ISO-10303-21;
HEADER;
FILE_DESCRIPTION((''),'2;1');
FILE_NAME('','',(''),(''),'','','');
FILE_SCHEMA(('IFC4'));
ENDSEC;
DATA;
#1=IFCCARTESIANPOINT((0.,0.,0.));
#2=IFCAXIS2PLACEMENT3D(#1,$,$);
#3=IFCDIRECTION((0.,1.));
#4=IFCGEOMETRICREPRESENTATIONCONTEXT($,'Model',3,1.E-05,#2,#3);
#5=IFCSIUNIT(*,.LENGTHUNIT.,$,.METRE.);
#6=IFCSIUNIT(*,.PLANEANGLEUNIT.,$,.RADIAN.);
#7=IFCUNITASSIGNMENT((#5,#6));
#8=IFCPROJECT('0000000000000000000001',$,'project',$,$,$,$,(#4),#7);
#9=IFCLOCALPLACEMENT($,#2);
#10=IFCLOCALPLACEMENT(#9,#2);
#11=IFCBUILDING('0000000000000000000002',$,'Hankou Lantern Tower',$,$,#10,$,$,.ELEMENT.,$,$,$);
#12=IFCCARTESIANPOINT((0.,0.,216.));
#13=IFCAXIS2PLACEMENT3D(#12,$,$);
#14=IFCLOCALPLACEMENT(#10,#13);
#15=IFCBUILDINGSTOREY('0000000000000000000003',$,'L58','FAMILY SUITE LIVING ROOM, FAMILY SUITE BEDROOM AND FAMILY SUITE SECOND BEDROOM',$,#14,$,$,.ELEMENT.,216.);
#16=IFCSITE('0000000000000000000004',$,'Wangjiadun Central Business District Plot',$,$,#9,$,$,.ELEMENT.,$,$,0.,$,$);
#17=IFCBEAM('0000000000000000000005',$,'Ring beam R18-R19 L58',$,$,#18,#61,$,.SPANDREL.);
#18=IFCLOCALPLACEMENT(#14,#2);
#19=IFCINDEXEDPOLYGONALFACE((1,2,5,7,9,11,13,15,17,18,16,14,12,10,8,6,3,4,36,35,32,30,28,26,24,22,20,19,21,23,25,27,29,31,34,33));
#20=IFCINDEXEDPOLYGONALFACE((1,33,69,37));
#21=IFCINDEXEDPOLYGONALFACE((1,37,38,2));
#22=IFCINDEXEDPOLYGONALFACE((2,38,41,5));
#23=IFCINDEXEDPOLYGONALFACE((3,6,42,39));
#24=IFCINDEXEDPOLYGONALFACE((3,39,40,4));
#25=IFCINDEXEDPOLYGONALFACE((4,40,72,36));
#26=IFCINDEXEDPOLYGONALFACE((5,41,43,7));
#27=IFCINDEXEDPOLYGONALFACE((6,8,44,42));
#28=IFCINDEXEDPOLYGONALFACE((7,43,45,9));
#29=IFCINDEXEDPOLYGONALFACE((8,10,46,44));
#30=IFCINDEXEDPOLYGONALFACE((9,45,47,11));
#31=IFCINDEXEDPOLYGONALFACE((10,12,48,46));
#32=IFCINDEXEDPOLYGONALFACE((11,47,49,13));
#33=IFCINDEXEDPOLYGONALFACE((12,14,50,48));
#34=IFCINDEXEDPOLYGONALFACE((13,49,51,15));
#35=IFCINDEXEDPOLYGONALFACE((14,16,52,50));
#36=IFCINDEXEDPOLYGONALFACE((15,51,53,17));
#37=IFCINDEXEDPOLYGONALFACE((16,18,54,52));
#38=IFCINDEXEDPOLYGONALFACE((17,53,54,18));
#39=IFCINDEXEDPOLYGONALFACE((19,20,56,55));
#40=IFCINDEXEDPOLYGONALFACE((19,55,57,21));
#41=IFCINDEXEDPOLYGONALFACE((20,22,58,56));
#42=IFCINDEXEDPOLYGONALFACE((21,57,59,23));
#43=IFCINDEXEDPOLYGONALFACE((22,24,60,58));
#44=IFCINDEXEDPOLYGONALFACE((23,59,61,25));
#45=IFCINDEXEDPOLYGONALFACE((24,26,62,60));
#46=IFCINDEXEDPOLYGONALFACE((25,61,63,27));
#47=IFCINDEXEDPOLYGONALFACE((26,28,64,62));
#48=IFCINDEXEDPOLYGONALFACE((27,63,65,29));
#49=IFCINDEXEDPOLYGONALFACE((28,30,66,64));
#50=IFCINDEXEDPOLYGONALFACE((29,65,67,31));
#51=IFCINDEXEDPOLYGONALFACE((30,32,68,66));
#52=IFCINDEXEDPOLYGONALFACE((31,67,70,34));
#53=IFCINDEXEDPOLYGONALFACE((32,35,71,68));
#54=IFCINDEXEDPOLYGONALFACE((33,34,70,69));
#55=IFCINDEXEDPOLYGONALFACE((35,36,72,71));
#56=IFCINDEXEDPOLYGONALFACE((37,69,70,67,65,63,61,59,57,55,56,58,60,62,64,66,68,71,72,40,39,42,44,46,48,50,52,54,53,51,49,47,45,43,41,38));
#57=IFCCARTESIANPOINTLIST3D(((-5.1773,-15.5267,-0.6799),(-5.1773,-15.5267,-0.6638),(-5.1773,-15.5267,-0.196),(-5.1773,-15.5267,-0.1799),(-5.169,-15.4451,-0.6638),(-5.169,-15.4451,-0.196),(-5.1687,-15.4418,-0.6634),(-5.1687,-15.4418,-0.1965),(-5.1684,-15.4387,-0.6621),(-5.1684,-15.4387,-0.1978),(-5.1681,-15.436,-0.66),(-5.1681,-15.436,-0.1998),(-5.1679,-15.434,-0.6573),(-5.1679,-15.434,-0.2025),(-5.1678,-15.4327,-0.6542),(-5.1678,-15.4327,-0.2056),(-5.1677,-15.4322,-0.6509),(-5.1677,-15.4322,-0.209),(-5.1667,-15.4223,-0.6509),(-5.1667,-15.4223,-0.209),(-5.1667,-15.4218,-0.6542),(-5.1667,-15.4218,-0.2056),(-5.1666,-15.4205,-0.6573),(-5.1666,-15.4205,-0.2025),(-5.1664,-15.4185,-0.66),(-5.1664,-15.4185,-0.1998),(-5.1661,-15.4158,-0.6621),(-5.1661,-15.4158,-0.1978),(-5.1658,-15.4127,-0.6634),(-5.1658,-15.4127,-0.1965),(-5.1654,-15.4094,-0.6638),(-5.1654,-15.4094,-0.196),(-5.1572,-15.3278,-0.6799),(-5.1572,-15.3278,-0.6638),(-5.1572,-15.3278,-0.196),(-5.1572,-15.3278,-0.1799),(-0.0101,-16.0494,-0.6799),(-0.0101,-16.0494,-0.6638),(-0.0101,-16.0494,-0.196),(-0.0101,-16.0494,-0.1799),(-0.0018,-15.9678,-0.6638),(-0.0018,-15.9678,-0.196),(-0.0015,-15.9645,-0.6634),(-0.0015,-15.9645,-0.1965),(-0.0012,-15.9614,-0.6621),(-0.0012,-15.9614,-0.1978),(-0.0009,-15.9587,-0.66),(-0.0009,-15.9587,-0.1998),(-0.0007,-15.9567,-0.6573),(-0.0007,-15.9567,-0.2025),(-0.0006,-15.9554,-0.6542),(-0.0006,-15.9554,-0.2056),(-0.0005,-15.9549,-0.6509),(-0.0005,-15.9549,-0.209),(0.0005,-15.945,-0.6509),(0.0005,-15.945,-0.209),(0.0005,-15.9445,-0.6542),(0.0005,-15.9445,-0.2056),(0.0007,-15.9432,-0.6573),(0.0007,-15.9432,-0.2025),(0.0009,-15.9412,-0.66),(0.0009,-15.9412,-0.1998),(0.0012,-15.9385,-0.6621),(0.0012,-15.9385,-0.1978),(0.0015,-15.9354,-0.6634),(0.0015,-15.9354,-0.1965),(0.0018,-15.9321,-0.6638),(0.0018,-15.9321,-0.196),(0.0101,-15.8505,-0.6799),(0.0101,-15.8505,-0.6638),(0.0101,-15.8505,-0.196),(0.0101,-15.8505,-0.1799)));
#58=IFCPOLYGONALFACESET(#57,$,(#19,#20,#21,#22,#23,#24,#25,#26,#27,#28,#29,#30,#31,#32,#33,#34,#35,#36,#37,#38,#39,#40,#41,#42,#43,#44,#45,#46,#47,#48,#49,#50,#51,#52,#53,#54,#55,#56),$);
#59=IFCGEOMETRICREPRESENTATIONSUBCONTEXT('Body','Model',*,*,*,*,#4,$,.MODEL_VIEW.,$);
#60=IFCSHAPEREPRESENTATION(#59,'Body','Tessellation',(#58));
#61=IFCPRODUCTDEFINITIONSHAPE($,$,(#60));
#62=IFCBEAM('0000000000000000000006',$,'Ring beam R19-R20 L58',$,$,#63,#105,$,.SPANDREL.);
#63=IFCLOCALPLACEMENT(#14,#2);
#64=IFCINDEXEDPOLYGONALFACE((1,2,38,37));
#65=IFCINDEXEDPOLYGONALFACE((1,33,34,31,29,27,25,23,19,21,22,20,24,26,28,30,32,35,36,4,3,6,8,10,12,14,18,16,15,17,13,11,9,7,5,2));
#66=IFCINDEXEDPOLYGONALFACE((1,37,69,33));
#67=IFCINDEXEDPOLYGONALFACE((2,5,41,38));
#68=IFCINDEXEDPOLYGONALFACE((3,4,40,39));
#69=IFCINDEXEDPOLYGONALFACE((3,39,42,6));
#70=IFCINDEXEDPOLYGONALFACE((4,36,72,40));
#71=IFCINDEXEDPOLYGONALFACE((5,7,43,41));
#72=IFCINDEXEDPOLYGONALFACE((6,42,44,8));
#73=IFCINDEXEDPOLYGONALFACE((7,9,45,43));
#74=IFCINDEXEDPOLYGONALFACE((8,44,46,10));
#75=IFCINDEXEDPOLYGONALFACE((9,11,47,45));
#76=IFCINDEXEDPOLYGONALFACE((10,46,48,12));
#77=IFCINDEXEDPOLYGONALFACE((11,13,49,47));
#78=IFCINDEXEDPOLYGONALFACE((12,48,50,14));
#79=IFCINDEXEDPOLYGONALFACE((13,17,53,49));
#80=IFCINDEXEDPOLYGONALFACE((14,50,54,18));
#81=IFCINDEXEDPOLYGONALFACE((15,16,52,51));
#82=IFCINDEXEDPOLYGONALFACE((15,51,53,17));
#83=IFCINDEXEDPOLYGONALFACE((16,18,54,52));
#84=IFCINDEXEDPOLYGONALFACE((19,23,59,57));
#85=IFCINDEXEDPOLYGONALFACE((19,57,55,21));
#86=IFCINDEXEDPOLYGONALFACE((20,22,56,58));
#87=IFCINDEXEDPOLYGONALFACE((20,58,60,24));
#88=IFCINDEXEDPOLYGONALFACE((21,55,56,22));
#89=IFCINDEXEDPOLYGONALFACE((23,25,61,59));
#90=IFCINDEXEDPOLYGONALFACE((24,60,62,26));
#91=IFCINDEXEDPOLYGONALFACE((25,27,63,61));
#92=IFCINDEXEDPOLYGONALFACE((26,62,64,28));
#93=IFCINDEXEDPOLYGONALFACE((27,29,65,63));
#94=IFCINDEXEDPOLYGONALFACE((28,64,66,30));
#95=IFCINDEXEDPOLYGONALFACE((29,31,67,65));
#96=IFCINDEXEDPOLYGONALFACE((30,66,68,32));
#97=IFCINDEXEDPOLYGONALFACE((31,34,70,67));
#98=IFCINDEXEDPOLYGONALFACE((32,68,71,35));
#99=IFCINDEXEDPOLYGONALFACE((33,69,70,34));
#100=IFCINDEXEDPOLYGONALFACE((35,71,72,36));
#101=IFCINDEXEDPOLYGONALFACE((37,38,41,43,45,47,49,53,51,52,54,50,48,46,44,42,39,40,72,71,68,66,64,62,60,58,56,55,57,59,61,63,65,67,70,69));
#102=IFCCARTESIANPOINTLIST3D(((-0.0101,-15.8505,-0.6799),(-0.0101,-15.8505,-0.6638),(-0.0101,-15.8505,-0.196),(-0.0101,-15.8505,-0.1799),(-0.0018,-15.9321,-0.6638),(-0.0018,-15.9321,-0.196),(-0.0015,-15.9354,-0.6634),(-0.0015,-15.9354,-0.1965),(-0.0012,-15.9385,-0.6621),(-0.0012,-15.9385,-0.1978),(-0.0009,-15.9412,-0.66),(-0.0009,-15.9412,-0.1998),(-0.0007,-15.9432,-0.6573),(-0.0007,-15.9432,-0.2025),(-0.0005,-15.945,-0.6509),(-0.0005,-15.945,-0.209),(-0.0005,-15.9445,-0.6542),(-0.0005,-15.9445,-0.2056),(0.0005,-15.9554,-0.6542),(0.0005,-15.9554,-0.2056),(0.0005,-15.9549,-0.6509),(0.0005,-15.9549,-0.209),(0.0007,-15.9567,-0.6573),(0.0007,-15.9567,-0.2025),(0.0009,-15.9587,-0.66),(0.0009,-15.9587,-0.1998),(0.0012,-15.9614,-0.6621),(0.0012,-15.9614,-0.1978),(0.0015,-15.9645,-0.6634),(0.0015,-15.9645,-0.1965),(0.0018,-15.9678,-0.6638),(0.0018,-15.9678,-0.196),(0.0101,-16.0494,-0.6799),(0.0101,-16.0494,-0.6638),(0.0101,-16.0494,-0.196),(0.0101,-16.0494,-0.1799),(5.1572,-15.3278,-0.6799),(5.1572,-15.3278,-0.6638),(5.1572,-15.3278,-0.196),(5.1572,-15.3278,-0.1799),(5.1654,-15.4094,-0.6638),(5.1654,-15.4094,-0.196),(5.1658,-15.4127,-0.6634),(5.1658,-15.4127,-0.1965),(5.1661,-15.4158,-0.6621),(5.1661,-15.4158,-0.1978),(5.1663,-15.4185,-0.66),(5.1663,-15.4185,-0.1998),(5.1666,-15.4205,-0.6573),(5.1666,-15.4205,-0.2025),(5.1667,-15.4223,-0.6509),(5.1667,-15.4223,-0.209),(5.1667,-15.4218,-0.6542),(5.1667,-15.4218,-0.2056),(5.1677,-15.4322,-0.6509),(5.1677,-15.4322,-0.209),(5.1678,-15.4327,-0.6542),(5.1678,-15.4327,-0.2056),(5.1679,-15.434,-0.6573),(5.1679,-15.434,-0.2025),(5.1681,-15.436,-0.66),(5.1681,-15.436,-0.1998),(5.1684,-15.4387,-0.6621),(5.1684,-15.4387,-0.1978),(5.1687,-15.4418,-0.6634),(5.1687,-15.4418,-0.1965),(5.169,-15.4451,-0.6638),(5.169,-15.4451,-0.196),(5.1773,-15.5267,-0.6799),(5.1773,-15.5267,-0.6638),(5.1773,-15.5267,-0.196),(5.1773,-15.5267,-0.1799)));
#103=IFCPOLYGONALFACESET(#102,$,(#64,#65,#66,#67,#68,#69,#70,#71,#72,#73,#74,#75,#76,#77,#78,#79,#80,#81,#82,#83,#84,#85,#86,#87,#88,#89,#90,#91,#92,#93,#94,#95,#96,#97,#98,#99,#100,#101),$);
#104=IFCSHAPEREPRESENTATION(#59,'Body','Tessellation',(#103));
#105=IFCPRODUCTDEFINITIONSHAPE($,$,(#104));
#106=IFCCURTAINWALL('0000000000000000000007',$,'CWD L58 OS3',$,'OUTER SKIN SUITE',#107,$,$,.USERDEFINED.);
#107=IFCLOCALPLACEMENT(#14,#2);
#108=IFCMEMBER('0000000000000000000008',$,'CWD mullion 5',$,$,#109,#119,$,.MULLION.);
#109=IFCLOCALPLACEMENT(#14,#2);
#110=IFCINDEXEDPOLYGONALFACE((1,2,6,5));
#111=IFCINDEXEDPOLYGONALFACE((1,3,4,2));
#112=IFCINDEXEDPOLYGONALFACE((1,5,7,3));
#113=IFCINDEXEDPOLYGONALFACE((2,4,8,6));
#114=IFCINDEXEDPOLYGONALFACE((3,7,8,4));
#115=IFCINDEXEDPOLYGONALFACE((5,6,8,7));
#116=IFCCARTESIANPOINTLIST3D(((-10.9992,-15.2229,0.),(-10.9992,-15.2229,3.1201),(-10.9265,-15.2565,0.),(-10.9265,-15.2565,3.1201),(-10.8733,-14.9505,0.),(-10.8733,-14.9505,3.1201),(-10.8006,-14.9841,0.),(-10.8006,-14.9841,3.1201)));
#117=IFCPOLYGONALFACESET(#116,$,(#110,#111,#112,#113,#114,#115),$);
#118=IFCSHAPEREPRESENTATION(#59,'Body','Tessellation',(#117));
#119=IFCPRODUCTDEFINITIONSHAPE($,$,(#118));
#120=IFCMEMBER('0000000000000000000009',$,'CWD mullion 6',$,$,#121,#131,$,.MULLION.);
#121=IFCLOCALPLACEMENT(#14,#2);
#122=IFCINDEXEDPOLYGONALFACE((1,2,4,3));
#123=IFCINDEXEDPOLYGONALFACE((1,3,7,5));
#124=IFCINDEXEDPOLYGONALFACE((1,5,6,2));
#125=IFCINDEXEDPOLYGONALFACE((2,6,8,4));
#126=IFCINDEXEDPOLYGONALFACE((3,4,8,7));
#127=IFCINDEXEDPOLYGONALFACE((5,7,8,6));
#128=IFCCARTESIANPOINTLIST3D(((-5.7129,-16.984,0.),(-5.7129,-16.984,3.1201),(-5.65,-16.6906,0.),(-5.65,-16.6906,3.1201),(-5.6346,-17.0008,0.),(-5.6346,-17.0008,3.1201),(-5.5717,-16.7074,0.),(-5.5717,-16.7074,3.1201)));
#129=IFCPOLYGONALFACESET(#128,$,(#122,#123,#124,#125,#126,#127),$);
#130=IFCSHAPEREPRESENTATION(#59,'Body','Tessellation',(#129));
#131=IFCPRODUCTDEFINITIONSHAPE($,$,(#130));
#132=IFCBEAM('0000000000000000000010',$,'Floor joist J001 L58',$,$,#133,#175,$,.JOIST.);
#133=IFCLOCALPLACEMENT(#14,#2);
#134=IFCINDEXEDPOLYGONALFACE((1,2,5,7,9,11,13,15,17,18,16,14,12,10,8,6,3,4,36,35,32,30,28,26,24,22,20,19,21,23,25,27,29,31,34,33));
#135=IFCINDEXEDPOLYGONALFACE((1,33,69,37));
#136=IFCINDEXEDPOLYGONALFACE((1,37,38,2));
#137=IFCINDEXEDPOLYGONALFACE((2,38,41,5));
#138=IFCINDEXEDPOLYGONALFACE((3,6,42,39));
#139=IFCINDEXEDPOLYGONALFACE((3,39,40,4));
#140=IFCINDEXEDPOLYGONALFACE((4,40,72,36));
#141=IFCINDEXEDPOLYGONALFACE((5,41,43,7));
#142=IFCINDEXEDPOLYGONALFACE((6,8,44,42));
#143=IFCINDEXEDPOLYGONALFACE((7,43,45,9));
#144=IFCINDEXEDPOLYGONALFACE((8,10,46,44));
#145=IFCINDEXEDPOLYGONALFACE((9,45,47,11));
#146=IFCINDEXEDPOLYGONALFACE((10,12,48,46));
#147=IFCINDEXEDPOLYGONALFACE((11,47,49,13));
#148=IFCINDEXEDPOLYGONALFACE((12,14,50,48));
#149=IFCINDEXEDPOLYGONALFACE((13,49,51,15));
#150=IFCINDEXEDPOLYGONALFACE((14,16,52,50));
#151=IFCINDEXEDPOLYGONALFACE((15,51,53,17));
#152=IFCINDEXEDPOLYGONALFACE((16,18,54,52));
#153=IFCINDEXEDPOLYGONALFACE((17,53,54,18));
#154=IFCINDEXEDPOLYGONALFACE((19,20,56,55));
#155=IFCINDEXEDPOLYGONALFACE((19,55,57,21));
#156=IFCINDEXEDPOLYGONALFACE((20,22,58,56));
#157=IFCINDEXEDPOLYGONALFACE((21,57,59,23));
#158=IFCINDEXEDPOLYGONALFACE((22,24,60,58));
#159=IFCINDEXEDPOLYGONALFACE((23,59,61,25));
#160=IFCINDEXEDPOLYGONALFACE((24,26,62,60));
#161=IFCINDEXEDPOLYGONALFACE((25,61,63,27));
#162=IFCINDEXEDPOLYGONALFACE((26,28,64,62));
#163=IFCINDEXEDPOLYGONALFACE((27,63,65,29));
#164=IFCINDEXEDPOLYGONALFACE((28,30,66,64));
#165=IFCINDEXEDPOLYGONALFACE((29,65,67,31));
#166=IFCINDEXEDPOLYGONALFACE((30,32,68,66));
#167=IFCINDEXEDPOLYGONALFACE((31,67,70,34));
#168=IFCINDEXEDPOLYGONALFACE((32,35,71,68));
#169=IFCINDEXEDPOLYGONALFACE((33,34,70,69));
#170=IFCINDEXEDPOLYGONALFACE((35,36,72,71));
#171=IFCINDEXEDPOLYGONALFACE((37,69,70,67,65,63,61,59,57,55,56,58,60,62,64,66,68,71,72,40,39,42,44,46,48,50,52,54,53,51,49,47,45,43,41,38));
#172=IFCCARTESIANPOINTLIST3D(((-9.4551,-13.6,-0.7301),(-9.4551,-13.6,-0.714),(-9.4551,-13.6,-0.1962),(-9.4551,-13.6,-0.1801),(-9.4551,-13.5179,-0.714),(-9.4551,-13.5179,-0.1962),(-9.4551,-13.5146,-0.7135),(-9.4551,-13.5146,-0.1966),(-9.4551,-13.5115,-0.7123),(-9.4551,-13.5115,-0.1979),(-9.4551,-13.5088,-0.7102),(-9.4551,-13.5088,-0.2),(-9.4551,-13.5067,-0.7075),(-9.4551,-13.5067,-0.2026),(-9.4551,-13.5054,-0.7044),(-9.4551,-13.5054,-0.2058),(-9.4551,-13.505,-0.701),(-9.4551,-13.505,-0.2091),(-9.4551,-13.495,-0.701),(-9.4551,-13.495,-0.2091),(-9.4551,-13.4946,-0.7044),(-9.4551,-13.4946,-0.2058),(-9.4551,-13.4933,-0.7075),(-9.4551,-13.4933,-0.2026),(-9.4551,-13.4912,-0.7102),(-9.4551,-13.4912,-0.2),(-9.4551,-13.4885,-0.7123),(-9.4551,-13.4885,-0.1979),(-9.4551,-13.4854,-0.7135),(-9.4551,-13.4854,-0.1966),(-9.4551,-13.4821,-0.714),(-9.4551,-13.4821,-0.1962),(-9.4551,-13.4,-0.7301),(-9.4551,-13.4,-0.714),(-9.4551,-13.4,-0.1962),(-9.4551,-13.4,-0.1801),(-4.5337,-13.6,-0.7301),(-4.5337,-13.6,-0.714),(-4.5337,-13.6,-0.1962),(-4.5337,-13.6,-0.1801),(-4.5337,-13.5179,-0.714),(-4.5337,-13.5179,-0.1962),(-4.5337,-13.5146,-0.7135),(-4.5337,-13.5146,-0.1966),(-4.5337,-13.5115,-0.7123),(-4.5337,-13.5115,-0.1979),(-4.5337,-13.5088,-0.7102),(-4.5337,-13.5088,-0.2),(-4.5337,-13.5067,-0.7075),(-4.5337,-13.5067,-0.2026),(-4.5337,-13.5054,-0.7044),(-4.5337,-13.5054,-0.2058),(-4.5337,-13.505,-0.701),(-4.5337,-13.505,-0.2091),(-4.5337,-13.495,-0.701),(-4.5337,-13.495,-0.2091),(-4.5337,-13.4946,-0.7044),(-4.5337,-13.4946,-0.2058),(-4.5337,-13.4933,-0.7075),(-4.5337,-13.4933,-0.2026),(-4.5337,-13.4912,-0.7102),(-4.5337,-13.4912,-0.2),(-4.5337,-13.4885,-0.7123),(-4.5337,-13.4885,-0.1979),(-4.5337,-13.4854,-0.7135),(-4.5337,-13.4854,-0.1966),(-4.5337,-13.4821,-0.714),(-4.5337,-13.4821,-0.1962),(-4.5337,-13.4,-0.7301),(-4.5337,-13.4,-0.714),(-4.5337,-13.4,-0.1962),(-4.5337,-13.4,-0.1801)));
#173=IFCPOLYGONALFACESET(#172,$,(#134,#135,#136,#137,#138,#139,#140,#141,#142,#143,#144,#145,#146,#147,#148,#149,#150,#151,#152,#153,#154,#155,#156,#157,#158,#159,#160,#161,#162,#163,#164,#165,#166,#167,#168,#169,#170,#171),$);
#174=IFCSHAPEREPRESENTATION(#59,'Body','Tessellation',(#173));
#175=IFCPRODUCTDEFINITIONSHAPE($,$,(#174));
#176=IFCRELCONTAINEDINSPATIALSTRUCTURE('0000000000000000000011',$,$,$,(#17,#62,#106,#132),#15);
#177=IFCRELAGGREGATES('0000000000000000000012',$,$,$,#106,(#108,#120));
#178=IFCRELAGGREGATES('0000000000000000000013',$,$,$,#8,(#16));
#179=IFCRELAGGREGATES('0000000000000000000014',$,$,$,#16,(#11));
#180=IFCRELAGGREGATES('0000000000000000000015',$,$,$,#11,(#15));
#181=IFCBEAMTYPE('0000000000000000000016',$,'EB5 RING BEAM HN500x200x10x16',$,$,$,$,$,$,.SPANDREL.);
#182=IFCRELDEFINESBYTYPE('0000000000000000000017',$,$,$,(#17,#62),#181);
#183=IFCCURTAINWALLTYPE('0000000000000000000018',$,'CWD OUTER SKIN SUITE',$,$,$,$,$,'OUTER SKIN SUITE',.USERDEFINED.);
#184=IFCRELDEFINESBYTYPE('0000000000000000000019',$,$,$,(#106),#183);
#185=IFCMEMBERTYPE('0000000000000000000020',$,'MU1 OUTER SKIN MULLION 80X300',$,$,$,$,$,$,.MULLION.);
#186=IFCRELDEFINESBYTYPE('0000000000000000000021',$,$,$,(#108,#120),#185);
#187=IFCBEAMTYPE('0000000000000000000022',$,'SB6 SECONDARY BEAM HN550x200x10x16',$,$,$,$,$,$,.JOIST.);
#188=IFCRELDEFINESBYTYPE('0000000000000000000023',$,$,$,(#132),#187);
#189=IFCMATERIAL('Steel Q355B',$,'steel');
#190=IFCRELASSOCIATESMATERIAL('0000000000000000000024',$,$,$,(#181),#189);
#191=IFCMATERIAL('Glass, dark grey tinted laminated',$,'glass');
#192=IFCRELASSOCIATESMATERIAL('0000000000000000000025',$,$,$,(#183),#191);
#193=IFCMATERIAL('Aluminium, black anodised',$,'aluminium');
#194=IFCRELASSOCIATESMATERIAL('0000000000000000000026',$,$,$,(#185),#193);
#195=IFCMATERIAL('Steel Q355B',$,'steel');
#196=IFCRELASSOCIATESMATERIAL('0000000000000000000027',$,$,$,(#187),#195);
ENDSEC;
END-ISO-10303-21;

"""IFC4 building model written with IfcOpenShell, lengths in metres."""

from ifc_helpers import new_model, si_unit, direction, frame, origin, origin_2d, place, context, subcontext, project, spatial, rectangle, i_section, extrude, material, material_profile, profile_set, type_object, element, aggregate, save


model = new_model("IFC4")

# Units and contexts
model_context = context("Model", 3, precision=1e-05, world=origin(), true_north=direction((0.0, 1.0)))
body_context = subcontext(model_context, "Body", "Model", "MODEL_VIEW")
ifc_project = project(units=[si_unit("LENGTHUNIT", "METRE"), si_unit("PLANEANGLEUNIT", "RADIAN")], contexts=[model_context])

# Site, building, storey
site_placement = place(None, origin())
site = spatial("IfcSite", under=ifc_project, at=site_placement, Name="Wangjiadun Central Business District Plot", CompositionType="ELEMENT", RefElevation=0.0)
building_placement = place(site_placement, origin())
building = spatial("IfcBuilding", under=site, at=building_placement, Name="Hankou Lantern Tower", CompositionType="ELEMENT")
storey_placement = place(building_placement, frame((0.0, 0.0, 216.0)))
storey = spatial("IfcBuildingStorey", under=building, at=storey_placement, Name="L58", Description="FAMILY SUITE LIVING ROOM, FAMILY SUITE BEDROOM AND FAMILY SUITE SECOND BEDROOM", CompositionType="ELEMENT", Elevation=216.0)

# Beams
ifc_material_1 = material(Name="Steel Q355B", Category="steel")
ifc_material_profile_1 = material_profile(ifc_material_1, i_section(OverallWidth=0.2, OverallDepth=0.5, WebThickness=0.01, FlangeThickness=0.0161, FilletRadius=0.0129, at=origin_2d()), Name="HN500x200x10x16")
ifc_profile_set_1 = profile_set([ifc_material_profile_1], Name="Steel Q355B")
beam_type_1 = type_object("IfcBeamType", Name="EB5 RING BEAM HN500x200x10x16", PredefinedType="SPANDREL", material=ifc_profile_set_1)
for number, where, z_axis, x_axis, name in (
    (1, (-5.1672, -15.4272, -0.4299), (0.994923, -0.100644, 0.0), (0.100644, 0.994923, 0.0), "Ring beam R18-R19 L58"),
    (2, (0.0, -15.95, -0.4299), (0.994923, 0.100644, 0.0), (-0.100644, 0.994923, 0.0), "Ring beam R19-R20 L58"),
):
    element("IfcBeam", number, at=place(storey_placement, frame(where, z_axis=z_axis, x_axis=x_axis)), inside=storey, type_object=beam_type_1, Name=name, PredefinedType="SPANDREL", context=body_context, shape_type="SweptSolid", body=[
        extrude(i_section(OverallWidth=0.2, OverallDepth=0.5, WebThickness=0.01, FlangeThickness=0.0161, FilletRadius=0.0129, at=origin_2d()), origin(), (0.0, 0.0, 1.0), 5.1936),
    ])

# Curtain wall, members
ifc_material_2 = material(Name="Glass, dark grey tinted laminated", Category="glass")
curtain_wall_type = type_object("IfcCurtainWallType", Name="CWD OUTER SKIN SUITE", ElementType="OUTER SKIN SUITE", PredefinedType="USERDEFINED", material=ifc_material_2)
curtain_wall_placement = place(storey_placement, origin())
curtain_wall = element("IfcCurtainWall", 3, at=curtain_wall_placement, inside=storey, type_object=curtain_wall_type, Name="CWD L58 OS3", ObjectType="OUTER SKIN SUITE", PredefinedType="USERDEFINED")
ifc_material_3 = material(Name="Aluminium, black anodised", Category="aluminium")
ifc_material_profile_2 = material_profile(ifc_material_3, rectangle(XDim=0.0801, YDim=0.3, at=origin_2d()), Name="MU1 80X300")
ifc_profile_set_2 = profile_set([ifc_material_profile_2], Name="Aluminium, black anodised")
member_type_1 = type_object("IfcMemberType", Name="MU1 OUTER SKIN MULLION 80X300", PredefinedType="MULLION", material=ifc_profile_set_2)
member_1_placement = place(storey_placement, frame((-10.8999, -15.1035, 0.0), z_axis=(0.0, 0.0, 1.0), x_axis=(0.907841, -0.419314, 0.0)))
member_1 = element("IfcMember", 4, at=member_1_placement, type_object=member_type_1, Name="CWD mullion 5", PredefinedType="MULLION", context=body_context, shape_type="SweptSolid", body=[
    extrude(rectangle(XDim=0.0801, YDim=0.3, at=origin_2d()), origin(), (0.0, 0.0, 1.0), 3.1201),
])
member_2_placement = place(storey_placement, frame((-5.6423, -16.8457, 0.0), z_axis=(0.0, 0.0, 1.0), x_axis=(0.977788, -0.209598, 0.0)))
member_2 = element("IfcMember", 5, at=member_2_placement, type_object=member_type_1, Name="CWD mullion 6", PredefinedType="MULLION", context=body_context, shape_type="SweptSolid", body=[
    extrude(rectangle(XDim=0.0801, YDim=0.3, at=origin_2d()), origin(), (0.0, 0.0, 1.0), 3.1201),
])

# Beam
ifc_material_4 = material(Name="Steel Q355B", Category="steel")
ifc_material_profile_3 = material_profile(ifc_material_4, i_section(OverallWidth=0.2, OverallDepth=0.55, WebThickness=0.01, FlangeThickness=0.0161, FilletRadius=0.0129, at=origin_2d()), Name="HN550x200x10x16")
ifc_profile_set_3 = profile_set([ifc_material_profile_3], Name="Steel Q355B")
beam_type_2 = type_object("IfcBeamType", Name="SB6 SECONDARY BEAM HN550x200x10x16", PredefinedType="JOIST", material=ifc_profile_set_3)
beam_1_placement = place(storey_placement, frame((-9.4551, -13.5, -0.4551), z_axis=(1.0, 0.0, 0.0), x_axis=(0.0, 1.0, 0.0)))
element("IfcBeam", 6, at=beam_1_placement, inside=storey, type_object=beam_type_2, Name="Floor joist J001 L58", PredefinedType="JOIST", context=body_context, shape_type="SweptSolid", body=[
    extrude(i_section(OverallWidth=0.2, OverallDepth=0.55, WebThickness=0.01, FlangeThickness=0.0161, FilletRadius=0.0129, at=origin_2d()), origin(), (0.0, 0.0, 1.0), 4.9214),
])

aggregate(curtain_wall, [member_1, member_2])

save(model, "model.ifc")
